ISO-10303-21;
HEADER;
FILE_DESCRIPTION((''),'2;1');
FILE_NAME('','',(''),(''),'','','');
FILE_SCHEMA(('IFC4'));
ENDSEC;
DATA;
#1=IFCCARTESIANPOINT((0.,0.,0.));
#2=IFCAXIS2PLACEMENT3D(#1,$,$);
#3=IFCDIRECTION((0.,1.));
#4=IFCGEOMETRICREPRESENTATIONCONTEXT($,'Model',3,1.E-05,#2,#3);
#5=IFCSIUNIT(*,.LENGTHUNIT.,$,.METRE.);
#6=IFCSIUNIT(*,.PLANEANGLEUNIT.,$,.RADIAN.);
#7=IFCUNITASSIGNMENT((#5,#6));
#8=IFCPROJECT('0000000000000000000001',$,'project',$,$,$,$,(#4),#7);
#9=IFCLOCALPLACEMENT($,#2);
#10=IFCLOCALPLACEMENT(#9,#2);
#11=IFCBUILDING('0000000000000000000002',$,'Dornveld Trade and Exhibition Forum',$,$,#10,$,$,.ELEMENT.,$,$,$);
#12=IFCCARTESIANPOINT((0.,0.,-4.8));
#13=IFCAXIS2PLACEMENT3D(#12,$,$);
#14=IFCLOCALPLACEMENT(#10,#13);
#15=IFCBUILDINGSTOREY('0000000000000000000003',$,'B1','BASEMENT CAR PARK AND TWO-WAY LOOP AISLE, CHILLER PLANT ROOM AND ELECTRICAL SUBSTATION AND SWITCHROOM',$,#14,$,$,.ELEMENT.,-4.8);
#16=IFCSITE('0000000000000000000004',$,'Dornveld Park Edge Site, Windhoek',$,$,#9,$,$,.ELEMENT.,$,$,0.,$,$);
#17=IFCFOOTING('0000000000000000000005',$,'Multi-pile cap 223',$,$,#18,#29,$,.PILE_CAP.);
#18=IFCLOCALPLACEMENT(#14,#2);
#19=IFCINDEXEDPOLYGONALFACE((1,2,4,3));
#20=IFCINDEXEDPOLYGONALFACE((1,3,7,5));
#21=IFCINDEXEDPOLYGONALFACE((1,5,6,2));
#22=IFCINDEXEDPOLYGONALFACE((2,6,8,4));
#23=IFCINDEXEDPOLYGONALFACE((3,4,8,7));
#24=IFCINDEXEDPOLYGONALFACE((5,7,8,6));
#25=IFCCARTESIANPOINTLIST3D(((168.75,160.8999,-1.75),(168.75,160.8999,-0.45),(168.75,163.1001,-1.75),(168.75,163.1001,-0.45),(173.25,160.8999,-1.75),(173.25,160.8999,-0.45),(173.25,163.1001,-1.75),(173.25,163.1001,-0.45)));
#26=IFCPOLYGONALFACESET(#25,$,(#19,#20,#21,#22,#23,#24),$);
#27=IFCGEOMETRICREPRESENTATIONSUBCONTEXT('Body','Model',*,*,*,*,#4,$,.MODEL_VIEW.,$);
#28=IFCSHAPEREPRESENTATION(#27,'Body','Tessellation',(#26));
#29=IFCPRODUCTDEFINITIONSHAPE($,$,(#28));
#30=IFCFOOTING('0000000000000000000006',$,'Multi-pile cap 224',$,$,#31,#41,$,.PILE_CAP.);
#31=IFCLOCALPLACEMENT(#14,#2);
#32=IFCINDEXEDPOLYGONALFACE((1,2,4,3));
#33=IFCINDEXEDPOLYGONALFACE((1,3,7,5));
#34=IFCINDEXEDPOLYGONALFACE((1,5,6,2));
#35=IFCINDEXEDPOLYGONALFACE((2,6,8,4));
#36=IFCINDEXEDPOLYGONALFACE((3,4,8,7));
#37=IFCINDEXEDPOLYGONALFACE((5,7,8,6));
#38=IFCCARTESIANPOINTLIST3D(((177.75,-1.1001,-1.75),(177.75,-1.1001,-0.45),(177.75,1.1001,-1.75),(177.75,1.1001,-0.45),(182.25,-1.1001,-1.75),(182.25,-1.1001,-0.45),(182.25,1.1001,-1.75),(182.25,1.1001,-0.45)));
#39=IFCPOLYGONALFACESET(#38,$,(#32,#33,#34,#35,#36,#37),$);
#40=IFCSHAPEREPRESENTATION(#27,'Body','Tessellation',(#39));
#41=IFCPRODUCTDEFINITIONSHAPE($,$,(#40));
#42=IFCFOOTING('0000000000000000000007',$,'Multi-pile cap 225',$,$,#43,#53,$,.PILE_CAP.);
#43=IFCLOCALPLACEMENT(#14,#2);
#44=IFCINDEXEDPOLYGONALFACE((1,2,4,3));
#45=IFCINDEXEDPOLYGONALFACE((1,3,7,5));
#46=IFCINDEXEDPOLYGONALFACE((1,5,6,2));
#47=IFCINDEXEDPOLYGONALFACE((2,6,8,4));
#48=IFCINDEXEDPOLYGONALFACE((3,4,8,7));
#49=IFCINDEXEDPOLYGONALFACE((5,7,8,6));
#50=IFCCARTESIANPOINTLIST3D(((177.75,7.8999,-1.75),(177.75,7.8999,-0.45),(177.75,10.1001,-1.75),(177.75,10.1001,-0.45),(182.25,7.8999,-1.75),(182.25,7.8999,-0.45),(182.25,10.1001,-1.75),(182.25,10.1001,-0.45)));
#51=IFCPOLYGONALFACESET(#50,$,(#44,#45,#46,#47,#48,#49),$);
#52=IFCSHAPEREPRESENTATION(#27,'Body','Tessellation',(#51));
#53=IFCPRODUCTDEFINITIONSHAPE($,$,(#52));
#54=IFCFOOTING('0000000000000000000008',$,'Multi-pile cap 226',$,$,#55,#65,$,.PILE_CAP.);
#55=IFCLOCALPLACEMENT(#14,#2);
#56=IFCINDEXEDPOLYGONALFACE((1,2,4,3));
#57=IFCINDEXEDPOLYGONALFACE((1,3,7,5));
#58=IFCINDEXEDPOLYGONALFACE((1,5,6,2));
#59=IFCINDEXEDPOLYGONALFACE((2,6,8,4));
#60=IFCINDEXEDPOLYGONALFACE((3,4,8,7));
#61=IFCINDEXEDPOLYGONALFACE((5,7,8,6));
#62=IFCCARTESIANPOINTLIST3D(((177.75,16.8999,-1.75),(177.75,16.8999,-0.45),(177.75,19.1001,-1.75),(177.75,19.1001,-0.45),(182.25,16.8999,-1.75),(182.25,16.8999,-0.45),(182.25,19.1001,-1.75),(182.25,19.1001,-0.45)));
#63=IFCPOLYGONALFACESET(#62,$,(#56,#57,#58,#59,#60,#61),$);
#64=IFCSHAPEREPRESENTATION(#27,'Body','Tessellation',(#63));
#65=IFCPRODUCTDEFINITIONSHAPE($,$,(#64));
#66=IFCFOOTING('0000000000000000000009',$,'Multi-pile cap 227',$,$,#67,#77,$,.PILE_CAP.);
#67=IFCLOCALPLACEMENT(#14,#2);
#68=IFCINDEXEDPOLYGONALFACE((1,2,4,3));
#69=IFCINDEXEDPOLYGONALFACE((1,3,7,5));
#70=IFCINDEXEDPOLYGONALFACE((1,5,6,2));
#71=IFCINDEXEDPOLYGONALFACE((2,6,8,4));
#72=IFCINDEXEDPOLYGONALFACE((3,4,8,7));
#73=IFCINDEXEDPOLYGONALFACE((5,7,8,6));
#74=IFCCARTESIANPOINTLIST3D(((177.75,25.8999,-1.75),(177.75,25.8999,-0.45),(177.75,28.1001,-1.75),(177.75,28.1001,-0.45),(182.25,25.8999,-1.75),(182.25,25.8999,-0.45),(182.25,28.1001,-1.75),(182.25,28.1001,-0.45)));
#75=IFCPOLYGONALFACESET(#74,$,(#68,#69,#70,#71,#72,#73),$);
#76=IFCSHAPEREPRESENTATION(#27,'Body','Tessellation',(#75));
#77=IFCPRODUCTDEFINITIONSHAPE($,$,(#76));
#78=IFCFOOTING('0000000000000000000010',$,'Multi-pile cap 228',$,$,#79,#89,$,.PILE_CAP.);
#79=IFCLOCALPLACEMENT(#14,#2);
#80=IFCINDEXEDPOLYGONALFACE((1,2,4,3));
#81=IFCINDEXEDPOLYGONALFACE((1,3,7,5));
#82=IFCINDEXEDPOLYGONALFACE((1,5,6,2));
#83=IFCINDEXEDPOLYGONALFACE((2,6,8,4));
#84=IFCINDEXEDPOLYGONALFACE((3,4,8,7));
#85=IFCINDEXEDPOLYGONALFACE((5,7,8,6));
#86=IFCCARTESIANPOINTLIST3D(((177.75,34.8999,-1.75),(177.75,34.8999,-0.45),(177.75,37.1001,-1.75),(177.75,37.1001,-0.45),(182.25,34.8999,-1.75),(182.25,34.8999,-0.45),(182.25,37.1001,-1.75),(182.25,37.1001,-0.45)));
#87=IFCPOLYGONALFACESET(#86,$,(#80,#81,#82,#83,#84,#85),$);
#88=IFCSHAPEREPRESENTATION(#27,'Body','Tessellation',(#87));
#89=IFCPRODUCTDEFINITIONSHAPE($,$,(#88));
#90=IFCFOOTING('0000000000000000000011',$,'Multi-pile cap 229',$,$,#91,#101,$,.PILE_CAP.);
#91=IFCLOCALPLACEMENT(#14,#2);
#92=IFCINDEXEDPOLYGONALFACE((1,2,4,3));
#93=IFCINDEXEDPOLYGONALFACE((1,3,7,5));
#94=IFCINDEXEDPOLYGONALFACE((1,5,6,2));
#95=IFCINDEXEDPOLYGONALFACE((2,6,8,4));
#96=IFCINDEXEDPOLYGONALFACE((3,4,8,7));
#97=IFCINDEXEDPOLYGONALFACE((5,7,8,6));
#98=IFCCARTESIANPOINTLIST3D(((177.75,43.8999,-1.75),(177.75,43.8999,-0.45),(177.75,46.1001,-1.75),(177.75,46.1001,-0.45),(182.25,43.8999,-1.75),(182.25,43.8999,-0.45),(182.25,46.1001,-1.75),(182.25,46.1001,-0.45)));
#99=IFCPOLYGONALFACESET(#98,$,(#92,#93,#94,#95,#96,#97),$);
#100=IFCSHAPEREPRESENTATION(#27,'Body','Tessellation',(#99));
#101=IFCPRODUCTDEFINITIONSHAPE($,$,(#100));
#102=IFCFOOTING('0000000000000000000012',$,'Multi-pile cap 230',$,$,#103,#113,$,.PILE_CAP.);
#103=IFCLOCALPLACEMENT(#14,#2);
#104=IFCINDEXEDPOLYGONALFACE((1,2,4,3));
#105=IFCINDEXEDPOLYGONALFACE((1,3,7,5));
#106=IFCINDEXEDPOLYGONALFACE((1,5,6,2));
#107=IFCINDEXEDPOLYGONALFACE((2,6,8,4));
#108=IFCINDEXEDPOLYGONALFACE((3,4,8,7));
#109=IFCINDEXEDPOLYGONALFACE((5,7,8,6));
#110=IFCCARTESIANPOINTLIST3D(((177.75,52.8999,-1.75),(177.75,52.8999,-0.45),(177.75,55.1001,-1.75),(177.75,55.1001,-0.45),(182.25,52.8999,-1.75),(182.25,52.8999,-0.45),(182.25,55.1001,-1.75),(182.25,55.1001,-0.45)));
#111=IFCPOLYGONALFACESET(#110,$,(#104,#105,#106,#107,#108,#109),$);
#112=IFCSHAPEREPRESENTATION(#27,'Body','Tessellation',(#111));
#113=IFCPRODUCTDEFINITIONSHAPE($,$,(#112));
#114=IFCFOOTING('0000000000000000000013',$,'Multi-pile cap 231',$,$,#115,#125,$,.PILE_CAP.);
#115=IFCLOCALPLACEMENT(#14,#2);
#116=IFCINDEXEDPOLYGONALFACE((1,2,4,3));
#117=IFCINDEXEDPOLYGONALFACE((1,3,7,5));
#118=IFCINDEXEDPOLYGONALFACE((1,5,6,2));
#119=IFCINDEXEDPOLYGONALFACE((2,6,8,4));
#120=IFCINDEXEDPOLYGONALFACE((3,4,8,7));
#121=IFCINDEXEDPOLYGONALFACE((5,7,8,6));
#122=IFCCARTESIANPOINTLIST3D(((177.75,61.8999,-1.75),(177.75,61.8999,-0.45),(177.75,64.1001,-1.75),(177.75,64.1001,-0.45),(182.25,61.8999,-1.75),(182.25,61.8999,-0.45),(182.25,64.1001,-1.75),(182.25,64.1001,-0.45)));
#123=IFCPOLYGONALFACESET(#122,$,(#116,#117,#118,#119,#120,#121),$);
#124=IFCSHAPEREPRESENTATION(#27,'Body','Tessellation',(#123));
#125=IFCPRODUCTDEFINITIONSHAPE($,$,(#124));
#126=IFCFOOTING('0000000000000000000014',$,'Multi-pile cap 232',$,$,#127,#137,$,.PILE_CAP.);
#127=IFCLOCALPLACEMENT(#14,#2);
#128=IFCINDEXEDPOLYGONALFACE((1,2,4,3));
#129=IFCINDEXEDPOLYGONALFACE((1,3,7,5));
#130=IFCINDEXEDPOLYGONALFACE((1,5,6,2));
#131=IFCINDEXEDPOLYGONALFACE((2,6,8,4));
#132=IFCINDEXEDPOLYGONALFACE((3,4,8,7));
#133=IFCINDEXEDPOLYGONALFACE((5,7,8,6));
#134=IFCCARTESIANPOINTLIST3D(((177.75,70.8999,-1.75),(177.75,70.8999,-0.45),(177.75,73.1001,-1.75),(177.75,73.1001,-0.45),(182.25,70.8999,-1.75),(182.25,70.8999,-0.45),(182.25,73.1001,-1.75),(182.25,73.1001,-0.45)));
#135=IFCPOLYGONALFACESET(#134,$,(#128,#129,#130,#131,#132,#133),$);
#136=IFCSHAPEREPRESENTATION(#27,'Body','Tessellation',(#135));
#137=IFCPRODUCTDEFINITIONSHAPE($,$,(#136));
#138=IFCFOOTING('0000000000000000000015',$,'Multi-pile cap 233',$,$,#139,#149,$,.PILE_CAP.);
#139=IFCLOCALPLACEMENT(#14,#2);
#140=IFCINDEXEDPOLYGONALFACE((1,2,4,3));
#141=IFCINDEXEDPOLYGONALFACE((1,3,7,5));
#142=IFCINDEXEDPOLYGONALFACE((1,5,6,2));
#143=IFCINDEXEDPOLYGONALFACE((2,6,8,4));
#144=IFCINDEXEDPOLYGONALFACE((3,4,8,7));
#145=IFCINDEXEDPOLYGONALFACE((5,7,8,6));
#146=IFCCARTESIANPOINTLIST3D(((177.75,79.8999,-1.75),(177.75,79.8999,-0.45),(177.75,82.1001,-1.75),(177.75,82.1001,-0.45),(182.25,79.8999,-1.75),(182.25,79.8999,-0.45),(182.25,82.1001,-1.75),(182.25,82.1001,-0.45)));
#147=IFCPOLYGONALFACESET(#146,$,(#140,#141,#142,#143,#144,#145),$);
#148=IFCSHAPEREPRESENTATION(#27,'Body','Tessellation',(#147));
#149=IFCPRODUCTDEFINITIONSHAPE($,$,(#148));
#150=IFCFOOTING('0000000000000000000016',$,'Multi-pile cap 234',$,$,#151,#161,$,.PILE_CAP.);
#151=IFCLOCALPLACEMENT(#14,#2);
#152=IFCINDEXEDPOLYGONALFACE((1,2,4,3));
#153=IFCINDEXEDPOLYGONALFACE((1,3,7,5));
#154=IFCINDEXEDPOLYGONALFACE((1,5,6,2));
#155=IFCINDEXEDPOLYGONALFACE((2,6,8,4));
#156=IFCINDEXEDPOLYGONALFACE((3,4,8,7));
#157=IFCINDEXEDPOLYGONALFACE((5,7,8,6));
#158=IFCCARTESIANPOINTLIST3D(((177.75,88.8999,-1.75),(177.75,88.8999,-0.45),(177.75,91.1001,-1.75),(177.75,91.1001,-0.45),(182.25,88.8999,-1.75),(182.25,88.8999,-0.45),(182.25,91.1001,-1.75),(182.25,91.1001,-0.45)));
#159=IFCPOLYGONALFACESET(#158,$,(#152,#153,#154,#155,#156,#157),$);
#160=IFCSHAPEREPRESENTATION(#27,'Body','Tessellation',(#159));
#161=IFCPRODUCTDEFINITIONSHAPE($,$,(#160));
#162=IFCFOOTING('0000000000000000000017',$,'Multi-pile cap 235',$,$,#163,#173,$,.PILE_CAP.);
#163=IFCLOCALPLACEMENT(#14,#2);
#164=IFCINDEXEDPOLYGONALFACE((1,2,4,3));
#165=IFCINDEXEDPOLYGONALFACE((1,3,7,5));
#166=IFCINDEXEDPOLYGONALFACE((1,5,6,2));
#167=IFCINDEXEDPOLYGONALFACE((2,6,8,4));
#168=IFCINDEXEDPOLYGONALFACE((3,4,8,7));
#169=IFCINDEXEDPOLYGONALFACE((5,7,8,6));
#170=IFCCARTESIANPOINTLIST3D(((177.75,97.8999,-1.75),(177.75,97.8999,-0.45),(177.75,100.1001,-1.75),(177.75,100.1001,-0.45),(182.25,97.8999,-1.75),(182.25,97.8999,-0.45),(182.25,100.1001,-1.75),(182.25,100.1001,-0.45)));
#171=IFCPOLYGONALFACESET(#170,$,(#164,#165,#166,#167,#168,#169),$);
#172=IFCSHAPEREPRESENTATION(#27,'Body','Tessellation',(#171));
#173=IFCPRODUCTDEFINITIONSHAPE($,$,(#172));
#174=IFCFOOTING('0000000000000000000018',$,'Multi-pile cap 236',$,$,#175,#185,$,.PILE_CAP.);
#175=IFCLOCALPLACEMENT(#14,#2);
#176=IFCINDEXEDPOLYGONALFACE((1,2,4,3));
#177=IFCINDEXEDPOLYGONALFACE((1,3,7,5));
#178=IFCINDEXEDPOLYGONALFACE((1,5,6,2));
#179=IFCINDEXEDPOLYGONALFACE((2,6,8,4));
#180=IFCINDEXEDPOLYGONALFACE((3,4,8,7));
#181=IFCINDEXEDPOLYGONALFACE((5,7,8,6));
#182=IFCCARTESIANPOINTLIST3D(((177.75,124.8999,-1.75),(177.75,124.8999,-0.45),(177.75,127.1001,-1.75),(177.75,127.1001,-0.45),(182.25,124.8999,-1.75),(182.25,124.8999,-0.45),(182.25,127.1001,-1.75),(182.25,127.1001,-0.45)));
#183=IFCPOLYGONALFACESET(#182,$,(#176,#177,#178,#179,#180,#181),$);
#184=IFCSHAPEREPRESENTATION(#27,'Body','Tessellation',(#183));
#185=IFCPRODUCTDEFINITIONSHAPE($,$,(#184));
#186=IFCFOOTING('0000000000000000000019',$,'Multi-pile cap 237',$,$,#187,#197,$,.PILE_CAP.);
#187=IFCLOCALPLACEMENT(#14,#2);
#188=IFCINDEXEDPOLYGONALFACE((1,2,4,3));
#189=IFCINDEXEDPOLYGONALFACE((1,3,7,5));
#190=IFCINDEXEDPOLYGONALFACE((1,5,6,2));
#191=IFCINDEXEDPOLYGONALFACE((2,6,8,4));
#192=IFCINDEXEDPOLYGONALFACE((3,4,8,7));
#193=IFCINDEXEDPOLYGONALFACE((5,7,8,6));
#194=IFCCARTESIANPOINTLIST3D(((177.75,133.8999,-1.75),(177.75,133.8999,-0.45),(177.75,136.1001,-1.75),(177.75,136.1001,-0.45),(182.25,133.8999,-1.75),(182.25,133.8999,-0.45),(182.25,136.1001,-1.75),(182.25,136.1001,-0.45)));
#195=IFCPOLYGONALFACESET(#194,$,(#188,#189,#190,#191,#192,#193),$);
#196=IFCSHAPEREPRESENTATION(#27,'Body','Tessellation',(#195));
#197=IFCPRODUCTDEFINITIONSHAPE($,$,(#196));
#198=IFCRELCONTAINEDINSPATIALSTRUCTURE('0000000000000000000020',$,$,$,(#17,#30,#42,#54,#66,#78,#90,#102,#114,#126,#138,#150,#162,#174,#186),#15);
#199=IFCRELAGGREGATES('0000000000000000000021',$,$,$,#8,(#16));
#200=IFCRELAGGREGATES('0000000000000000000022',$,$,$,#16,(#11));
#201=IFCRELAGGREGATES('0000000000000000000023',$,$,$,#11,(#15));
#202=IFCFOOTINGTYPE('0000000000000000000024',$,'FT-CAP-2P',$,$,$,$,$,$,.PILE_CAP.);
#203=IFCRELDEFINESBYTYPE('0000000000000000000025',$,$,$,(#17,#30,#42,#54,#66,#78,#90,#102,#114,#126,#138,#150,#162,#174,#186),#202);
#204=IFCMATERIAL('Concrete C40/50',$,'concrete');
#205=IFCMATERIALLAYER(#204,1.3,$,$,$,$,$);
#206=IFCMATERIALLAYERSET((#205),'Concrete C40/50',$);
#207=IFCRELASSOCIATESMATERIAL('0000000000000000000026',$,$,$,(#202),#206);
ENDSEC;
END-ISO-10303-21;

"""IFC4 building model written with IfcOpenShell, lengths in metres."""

from ifc_helpers import new_model, si_unit, direction, frame, origin, place, context, subcontext, project, spatial, polyline, outline, extrude, material, layer, layer_set, type_object, element, save


model = new_model("IFC4")

# Units and contexts
model_context = context("Model", 3, precision=1e-05, world=origin(), true_north=direction((0.0, 1.0)))
body_context = subcontext(model_context, "Body", "Model", "MODEL_VIEW")
ifc_project = project(units=[si_unit("LENGTHUNIT", "METRE"), si_unit("PLANEANGLEUNIT", "RADIAN")], contexts=[model_context])

# Site, building, storey
site_placement = place(None, origin())
site = spatial("IfcSite", under=ifc_project, at=site_placement, Name="Dornveld Park Edge Site, Windhoek", CompositionType="ELEMENT", RefElevation=0.0)
building_placement = place(site_placement, origin())
building = spatial("IfcBuilding", under=site, at=building_placement, Name="Dornveld Trade and Exhibition Forum", CompositionType="ELEMENT")
storey_placement = place(building_placement, frame((0.0, 0.0, -4.8)))
storey = spatial("IfcBuildingStorey", under=building, at=storey_placement, Name="B1", Description="BASEMENT CAR PARK AND TWO-WAY LOOP AISLE, CHILLER PLANT ROOM AND ELECTRICAL SUBSTATION AND SWITCHROOM", CompositionType="ELEMENT", Elevation=-4.8)

# Footings
ifc_material = material(Name="Concrete C40/50", Category="concrete")
ifc_layer = layer(ifc_material, 1.3)
ifc_layer_set = layer_set([ifc_layer], Name="Concrete C40/50")
footing_type = type_object("IfcFootingType", Name="FT-CAP-2P", PredefinedType="PILE_CAP", material=ifc_layer_set)
footing_1_placement = place(storey_placement, frame((0.0, 0.0, -1.75)))
element("IfcFooting", 1, at=footing_1_placement, inside=storey, type_object=footing_type, Name="Multi-pile cap 223", PredefinedType="PILE_CAP", context=body_context, shape_type="SweptSolid", body=[
    extrude(outline(polyline([(168.75, 160.8999), (173.25, 160.8999), (173.25, 163.1001), (168.75, 163.1001), (168.75, 160.8999)])), origin(), (0.0, 0.0, 1.0), 1.3),
])
footing_2_placement = place(storey_placement, frame((0.0, 0.0, -1.75)))
element("IfcFooting", 2, at=footing_2_placement, inside=storey, type_object=footing_type, Name="Multi-pile cap 224", PredefinedType="PILE_CAP", context=body_context, shape_type="SweptSolid", body=[
    extrude(outline(polyline([(177.75, -1.1001), (182.25, -1.1001), (182.25, 1.1001), (177.75, 1.1001), (177.75, -1.1001)])), origin(), (0.0, 0.0, 1.0), 1.3),
])
footing_3_placement = place(storey_placement, frame((0.0, 0.0, -1.75)))
element("IfcFooting", 3, at=footing_3_placement, inside=storey, type_object=footing_type, Name="Multi-pile cap 225", PredefinedType="PILE_CAP", context=body_context, shape_type="SweptSolid", body=[
    extrude(outline(polyline([(177.75, 7.8999), (182.25, 7.8999), (182.25, 10.1001), (177.75, 10.1001), (177.75, 7.8999)])), origin(), (0.0, 0.0, 1.0), 1.3),
])
footing_4_placement = place(storey_placement, frame((0.0, 0.0, -1.75)))
element("IfcFooting", 4, at=footing_4_placement, inside=storey, type_object=footing_type, Name="Multi-pile cap 226", PredefinedType="PILE_CAP", context=body_context, shape_type="SweptSolid", body=[
    extrude(outline(polyline([(177.75, 16.8999), (182.25, 16.8999), (182.25, 19.1001), (177.75, 19.1001), (177.75, 16.8999)])), origin(), (0.0, 0.0, 1.0), 1.3),
])
footing_5_placement = place(storey_placement, frame((0.0, 0.0, -1.75)))
element("IfcFooting", 5, at=footing_5_placement, inside=storey, type_object=footing_type, Name="Multi-pile cap 227", PredefinedType="PILE_CAP", context=body_context, shape_type="SweptSolid", body=[
    extrude(outline(polyline([(177.75, 25.8999), (182.25, 25.8999), (182.25, 28.1001), (177.75, 28.1001), (177.75, 25.8999)])), origin(), (0.0, 0.0, 1.0), 1.3),
])
footing_6_placement = place(storey_placement, frame((0.0, 0.0, -1.75)))
element("IfcFooting", 6, at=footing_6_placement, inside=storey, type_object=footing_type, Name="Multi-pile cap 228", PredefinedType="PILE_CAP", context=body_context, shape_type="SweptSolid", body=[
    extrude(outline(polyline([(177.75, 34.8999), (182.25, 34.8999), (182.25, 37.1001), (177.75, 37.1001), (177.75, 34.8999)])), origin(), (0.0, 0.0, 1.0), 1.3),
])
footing_7_placement = place(storey_placement, frame((0.0, 0.0, -1.75)))
element("IfcFooting", 7, at=footing_7_placement, inside=storey, type_object=footing_type, Name="Multi-pile cap 229", PredefinedType="PILE_CAP", context=body_context, shape_type="SweptSolid", body=[
    extrude(outline(polyline([(177.75, 43.8999), (182.25, 43.8999), (182.25, 46.1001), (177.75, 46.1001), (177.75, 43.8999)])), origin(), (0.0, 0.0, 1.0), 1.3),
])
footing_8_placement = place(storey_placement, frame((0.0, 0.0, -1.75)))
element("IfcFooting", 8, at=footing_8_placement, inside=storey, type_object=footing_type, Name="Multi-pile cap 230", PredefinedType="PILE_CAP", context=body_context, shape_type="SweptSolid", body=[
    extrude(outline(polyline([(177.75, 52.8999), (182.25, 52.8999), (182.25, 55.1001), (177.75, 55.1001), (177.75, 52.8999)])), origin(), (0.0, 0.0, 1.0), 1.3),
])
footing_9_placement = place(storey_placement, frame((0.0, 0.0, -1.75)))
element("IfcFooting", 9, at=footing_9_placement, inside=storey, type_object=footing_type, Name="Multi-pile cap 231", PredefinedType="PILE_CAP", context=body_context, shape_type="SweptSolid", body=[
    extrude(outline(polyline([(177.75, 61.8999), (182.25, 61.8999), (182.25, 64.1001), (177.75, 64.1001), (177.75, 61.8999)])), origin(), (0.0, 0.0, 1.0), 1.3),
])
footing_10_placement = place(storey_placement, frame((0.0, 0.0, -1.75)))
element("IfcFooting", 10, at=footing_10_placement, inside=storey, type_object=footing_type, Name="Multi-pile cap 232", PredefinedType="PILE_CAP", context=body_context, shape_type="SweptSolid", body=[
    extrude(outline(polyline([(177.75, 70.8999), (182.25, 70.8999), (182.25, 73.1001), (177.75, 73.1001), (177.75, 70.8999)])), origin(), (0.0, 0.0, 1.0), 1.3),
])
footing_11_placement = place(storey_placement, frame((0.0, 0.0, -1.75)))
element("IfcFooting", 11, at=footing_11_placement, inside=storey, type_object=footing_type, Name="Multi-pile cap 233", PredefinedType="PILE_CAP", context=body_context, shape_type="SweptSolid", body=[
    extrude(outline(polyline([(177.75, 79.8999), (182.25, 79.8999), (182.25, 82.1001), (177.75, 82.1001), (177.75, 79.8999)])), origin(), (0.0, 0.0, 1.0), 1.3),
])
footing_12_placement = place(storey_placement, frame((0.0, 0.0, -1.75)))
element("IfcFooting", 12, at=footing_12_placement, inside=storey, type_object=footing_type, Name="Multi-pile cap 234", PredefinedType="PILE_CAP", context=body_context, shape_type="SweptSolid", body=[
    extrude(outline(polyline([(177.75, 88.8999), (182.25, 88.8999), (182.25, 91.1001), (177.75, 91.1001), (177.75, 88.8999)])), origin(), (0.0, 0.0, 1.0), 1.3),
])
footing_13_placement = place(storey_placement, frame((0.0, 0.0, -1.75)))
element("IfcFooting", 13, at=footing_13_placement, inside=storey, type_object=footing_type, Name="Multi-pile cap 235", PredefinedType="PILE_CAP", context=body_context, shape_type="SweptSolid", body=[
    extrude(outline(polyline([(177.75, 97.8999), (182.25, 97.8999), (182.25, 100.1001), (177.75, 100.1001), (177.75, 97.8999)])), origin(), (0.0, 0.0, 1.0), 1.3),
])
footing_14_placement = place(storey_placement, frame((0.0, 0.0, -1.75)))
element("IfcFooting", 14, at=footing_14_placement, inside=storey, type_object=footing_type, Name="Multi-pile cap 236", PredefinedType="PILE_CAP", context=body_context, shape_type="SweptSolid", body=[
    extrude(outline(polyline([(177.75, 124.8999), (182.25, 124.8999), (182.25, 127.1001), (177.75, 127.1001), (177.75, 124.8999)])), origin(), (0.0, 0.0, 1.0), 1.3),
])
footing_15_placement = place(storey_placement, frame((0.0, 0.0, -1.75)))
element("IfcFooting", 15, at=footing_15_placement, inside=storey, type_object=footing_type, Name="Multi-pile cap 237", PredefinedType="PILE_CAP", context=body_context, shape_type="SweptSolid", body=[
    extrude(outline(polyline([(177.75, 133.8999), (182.25, 133.8999), (182.25, 136.1001), (177.75, 136.1001), (177.75, 133.8999)])), origin(), (0.0, 0.0, 1.0), 1.3),
])

save(model, "model.ifc")
